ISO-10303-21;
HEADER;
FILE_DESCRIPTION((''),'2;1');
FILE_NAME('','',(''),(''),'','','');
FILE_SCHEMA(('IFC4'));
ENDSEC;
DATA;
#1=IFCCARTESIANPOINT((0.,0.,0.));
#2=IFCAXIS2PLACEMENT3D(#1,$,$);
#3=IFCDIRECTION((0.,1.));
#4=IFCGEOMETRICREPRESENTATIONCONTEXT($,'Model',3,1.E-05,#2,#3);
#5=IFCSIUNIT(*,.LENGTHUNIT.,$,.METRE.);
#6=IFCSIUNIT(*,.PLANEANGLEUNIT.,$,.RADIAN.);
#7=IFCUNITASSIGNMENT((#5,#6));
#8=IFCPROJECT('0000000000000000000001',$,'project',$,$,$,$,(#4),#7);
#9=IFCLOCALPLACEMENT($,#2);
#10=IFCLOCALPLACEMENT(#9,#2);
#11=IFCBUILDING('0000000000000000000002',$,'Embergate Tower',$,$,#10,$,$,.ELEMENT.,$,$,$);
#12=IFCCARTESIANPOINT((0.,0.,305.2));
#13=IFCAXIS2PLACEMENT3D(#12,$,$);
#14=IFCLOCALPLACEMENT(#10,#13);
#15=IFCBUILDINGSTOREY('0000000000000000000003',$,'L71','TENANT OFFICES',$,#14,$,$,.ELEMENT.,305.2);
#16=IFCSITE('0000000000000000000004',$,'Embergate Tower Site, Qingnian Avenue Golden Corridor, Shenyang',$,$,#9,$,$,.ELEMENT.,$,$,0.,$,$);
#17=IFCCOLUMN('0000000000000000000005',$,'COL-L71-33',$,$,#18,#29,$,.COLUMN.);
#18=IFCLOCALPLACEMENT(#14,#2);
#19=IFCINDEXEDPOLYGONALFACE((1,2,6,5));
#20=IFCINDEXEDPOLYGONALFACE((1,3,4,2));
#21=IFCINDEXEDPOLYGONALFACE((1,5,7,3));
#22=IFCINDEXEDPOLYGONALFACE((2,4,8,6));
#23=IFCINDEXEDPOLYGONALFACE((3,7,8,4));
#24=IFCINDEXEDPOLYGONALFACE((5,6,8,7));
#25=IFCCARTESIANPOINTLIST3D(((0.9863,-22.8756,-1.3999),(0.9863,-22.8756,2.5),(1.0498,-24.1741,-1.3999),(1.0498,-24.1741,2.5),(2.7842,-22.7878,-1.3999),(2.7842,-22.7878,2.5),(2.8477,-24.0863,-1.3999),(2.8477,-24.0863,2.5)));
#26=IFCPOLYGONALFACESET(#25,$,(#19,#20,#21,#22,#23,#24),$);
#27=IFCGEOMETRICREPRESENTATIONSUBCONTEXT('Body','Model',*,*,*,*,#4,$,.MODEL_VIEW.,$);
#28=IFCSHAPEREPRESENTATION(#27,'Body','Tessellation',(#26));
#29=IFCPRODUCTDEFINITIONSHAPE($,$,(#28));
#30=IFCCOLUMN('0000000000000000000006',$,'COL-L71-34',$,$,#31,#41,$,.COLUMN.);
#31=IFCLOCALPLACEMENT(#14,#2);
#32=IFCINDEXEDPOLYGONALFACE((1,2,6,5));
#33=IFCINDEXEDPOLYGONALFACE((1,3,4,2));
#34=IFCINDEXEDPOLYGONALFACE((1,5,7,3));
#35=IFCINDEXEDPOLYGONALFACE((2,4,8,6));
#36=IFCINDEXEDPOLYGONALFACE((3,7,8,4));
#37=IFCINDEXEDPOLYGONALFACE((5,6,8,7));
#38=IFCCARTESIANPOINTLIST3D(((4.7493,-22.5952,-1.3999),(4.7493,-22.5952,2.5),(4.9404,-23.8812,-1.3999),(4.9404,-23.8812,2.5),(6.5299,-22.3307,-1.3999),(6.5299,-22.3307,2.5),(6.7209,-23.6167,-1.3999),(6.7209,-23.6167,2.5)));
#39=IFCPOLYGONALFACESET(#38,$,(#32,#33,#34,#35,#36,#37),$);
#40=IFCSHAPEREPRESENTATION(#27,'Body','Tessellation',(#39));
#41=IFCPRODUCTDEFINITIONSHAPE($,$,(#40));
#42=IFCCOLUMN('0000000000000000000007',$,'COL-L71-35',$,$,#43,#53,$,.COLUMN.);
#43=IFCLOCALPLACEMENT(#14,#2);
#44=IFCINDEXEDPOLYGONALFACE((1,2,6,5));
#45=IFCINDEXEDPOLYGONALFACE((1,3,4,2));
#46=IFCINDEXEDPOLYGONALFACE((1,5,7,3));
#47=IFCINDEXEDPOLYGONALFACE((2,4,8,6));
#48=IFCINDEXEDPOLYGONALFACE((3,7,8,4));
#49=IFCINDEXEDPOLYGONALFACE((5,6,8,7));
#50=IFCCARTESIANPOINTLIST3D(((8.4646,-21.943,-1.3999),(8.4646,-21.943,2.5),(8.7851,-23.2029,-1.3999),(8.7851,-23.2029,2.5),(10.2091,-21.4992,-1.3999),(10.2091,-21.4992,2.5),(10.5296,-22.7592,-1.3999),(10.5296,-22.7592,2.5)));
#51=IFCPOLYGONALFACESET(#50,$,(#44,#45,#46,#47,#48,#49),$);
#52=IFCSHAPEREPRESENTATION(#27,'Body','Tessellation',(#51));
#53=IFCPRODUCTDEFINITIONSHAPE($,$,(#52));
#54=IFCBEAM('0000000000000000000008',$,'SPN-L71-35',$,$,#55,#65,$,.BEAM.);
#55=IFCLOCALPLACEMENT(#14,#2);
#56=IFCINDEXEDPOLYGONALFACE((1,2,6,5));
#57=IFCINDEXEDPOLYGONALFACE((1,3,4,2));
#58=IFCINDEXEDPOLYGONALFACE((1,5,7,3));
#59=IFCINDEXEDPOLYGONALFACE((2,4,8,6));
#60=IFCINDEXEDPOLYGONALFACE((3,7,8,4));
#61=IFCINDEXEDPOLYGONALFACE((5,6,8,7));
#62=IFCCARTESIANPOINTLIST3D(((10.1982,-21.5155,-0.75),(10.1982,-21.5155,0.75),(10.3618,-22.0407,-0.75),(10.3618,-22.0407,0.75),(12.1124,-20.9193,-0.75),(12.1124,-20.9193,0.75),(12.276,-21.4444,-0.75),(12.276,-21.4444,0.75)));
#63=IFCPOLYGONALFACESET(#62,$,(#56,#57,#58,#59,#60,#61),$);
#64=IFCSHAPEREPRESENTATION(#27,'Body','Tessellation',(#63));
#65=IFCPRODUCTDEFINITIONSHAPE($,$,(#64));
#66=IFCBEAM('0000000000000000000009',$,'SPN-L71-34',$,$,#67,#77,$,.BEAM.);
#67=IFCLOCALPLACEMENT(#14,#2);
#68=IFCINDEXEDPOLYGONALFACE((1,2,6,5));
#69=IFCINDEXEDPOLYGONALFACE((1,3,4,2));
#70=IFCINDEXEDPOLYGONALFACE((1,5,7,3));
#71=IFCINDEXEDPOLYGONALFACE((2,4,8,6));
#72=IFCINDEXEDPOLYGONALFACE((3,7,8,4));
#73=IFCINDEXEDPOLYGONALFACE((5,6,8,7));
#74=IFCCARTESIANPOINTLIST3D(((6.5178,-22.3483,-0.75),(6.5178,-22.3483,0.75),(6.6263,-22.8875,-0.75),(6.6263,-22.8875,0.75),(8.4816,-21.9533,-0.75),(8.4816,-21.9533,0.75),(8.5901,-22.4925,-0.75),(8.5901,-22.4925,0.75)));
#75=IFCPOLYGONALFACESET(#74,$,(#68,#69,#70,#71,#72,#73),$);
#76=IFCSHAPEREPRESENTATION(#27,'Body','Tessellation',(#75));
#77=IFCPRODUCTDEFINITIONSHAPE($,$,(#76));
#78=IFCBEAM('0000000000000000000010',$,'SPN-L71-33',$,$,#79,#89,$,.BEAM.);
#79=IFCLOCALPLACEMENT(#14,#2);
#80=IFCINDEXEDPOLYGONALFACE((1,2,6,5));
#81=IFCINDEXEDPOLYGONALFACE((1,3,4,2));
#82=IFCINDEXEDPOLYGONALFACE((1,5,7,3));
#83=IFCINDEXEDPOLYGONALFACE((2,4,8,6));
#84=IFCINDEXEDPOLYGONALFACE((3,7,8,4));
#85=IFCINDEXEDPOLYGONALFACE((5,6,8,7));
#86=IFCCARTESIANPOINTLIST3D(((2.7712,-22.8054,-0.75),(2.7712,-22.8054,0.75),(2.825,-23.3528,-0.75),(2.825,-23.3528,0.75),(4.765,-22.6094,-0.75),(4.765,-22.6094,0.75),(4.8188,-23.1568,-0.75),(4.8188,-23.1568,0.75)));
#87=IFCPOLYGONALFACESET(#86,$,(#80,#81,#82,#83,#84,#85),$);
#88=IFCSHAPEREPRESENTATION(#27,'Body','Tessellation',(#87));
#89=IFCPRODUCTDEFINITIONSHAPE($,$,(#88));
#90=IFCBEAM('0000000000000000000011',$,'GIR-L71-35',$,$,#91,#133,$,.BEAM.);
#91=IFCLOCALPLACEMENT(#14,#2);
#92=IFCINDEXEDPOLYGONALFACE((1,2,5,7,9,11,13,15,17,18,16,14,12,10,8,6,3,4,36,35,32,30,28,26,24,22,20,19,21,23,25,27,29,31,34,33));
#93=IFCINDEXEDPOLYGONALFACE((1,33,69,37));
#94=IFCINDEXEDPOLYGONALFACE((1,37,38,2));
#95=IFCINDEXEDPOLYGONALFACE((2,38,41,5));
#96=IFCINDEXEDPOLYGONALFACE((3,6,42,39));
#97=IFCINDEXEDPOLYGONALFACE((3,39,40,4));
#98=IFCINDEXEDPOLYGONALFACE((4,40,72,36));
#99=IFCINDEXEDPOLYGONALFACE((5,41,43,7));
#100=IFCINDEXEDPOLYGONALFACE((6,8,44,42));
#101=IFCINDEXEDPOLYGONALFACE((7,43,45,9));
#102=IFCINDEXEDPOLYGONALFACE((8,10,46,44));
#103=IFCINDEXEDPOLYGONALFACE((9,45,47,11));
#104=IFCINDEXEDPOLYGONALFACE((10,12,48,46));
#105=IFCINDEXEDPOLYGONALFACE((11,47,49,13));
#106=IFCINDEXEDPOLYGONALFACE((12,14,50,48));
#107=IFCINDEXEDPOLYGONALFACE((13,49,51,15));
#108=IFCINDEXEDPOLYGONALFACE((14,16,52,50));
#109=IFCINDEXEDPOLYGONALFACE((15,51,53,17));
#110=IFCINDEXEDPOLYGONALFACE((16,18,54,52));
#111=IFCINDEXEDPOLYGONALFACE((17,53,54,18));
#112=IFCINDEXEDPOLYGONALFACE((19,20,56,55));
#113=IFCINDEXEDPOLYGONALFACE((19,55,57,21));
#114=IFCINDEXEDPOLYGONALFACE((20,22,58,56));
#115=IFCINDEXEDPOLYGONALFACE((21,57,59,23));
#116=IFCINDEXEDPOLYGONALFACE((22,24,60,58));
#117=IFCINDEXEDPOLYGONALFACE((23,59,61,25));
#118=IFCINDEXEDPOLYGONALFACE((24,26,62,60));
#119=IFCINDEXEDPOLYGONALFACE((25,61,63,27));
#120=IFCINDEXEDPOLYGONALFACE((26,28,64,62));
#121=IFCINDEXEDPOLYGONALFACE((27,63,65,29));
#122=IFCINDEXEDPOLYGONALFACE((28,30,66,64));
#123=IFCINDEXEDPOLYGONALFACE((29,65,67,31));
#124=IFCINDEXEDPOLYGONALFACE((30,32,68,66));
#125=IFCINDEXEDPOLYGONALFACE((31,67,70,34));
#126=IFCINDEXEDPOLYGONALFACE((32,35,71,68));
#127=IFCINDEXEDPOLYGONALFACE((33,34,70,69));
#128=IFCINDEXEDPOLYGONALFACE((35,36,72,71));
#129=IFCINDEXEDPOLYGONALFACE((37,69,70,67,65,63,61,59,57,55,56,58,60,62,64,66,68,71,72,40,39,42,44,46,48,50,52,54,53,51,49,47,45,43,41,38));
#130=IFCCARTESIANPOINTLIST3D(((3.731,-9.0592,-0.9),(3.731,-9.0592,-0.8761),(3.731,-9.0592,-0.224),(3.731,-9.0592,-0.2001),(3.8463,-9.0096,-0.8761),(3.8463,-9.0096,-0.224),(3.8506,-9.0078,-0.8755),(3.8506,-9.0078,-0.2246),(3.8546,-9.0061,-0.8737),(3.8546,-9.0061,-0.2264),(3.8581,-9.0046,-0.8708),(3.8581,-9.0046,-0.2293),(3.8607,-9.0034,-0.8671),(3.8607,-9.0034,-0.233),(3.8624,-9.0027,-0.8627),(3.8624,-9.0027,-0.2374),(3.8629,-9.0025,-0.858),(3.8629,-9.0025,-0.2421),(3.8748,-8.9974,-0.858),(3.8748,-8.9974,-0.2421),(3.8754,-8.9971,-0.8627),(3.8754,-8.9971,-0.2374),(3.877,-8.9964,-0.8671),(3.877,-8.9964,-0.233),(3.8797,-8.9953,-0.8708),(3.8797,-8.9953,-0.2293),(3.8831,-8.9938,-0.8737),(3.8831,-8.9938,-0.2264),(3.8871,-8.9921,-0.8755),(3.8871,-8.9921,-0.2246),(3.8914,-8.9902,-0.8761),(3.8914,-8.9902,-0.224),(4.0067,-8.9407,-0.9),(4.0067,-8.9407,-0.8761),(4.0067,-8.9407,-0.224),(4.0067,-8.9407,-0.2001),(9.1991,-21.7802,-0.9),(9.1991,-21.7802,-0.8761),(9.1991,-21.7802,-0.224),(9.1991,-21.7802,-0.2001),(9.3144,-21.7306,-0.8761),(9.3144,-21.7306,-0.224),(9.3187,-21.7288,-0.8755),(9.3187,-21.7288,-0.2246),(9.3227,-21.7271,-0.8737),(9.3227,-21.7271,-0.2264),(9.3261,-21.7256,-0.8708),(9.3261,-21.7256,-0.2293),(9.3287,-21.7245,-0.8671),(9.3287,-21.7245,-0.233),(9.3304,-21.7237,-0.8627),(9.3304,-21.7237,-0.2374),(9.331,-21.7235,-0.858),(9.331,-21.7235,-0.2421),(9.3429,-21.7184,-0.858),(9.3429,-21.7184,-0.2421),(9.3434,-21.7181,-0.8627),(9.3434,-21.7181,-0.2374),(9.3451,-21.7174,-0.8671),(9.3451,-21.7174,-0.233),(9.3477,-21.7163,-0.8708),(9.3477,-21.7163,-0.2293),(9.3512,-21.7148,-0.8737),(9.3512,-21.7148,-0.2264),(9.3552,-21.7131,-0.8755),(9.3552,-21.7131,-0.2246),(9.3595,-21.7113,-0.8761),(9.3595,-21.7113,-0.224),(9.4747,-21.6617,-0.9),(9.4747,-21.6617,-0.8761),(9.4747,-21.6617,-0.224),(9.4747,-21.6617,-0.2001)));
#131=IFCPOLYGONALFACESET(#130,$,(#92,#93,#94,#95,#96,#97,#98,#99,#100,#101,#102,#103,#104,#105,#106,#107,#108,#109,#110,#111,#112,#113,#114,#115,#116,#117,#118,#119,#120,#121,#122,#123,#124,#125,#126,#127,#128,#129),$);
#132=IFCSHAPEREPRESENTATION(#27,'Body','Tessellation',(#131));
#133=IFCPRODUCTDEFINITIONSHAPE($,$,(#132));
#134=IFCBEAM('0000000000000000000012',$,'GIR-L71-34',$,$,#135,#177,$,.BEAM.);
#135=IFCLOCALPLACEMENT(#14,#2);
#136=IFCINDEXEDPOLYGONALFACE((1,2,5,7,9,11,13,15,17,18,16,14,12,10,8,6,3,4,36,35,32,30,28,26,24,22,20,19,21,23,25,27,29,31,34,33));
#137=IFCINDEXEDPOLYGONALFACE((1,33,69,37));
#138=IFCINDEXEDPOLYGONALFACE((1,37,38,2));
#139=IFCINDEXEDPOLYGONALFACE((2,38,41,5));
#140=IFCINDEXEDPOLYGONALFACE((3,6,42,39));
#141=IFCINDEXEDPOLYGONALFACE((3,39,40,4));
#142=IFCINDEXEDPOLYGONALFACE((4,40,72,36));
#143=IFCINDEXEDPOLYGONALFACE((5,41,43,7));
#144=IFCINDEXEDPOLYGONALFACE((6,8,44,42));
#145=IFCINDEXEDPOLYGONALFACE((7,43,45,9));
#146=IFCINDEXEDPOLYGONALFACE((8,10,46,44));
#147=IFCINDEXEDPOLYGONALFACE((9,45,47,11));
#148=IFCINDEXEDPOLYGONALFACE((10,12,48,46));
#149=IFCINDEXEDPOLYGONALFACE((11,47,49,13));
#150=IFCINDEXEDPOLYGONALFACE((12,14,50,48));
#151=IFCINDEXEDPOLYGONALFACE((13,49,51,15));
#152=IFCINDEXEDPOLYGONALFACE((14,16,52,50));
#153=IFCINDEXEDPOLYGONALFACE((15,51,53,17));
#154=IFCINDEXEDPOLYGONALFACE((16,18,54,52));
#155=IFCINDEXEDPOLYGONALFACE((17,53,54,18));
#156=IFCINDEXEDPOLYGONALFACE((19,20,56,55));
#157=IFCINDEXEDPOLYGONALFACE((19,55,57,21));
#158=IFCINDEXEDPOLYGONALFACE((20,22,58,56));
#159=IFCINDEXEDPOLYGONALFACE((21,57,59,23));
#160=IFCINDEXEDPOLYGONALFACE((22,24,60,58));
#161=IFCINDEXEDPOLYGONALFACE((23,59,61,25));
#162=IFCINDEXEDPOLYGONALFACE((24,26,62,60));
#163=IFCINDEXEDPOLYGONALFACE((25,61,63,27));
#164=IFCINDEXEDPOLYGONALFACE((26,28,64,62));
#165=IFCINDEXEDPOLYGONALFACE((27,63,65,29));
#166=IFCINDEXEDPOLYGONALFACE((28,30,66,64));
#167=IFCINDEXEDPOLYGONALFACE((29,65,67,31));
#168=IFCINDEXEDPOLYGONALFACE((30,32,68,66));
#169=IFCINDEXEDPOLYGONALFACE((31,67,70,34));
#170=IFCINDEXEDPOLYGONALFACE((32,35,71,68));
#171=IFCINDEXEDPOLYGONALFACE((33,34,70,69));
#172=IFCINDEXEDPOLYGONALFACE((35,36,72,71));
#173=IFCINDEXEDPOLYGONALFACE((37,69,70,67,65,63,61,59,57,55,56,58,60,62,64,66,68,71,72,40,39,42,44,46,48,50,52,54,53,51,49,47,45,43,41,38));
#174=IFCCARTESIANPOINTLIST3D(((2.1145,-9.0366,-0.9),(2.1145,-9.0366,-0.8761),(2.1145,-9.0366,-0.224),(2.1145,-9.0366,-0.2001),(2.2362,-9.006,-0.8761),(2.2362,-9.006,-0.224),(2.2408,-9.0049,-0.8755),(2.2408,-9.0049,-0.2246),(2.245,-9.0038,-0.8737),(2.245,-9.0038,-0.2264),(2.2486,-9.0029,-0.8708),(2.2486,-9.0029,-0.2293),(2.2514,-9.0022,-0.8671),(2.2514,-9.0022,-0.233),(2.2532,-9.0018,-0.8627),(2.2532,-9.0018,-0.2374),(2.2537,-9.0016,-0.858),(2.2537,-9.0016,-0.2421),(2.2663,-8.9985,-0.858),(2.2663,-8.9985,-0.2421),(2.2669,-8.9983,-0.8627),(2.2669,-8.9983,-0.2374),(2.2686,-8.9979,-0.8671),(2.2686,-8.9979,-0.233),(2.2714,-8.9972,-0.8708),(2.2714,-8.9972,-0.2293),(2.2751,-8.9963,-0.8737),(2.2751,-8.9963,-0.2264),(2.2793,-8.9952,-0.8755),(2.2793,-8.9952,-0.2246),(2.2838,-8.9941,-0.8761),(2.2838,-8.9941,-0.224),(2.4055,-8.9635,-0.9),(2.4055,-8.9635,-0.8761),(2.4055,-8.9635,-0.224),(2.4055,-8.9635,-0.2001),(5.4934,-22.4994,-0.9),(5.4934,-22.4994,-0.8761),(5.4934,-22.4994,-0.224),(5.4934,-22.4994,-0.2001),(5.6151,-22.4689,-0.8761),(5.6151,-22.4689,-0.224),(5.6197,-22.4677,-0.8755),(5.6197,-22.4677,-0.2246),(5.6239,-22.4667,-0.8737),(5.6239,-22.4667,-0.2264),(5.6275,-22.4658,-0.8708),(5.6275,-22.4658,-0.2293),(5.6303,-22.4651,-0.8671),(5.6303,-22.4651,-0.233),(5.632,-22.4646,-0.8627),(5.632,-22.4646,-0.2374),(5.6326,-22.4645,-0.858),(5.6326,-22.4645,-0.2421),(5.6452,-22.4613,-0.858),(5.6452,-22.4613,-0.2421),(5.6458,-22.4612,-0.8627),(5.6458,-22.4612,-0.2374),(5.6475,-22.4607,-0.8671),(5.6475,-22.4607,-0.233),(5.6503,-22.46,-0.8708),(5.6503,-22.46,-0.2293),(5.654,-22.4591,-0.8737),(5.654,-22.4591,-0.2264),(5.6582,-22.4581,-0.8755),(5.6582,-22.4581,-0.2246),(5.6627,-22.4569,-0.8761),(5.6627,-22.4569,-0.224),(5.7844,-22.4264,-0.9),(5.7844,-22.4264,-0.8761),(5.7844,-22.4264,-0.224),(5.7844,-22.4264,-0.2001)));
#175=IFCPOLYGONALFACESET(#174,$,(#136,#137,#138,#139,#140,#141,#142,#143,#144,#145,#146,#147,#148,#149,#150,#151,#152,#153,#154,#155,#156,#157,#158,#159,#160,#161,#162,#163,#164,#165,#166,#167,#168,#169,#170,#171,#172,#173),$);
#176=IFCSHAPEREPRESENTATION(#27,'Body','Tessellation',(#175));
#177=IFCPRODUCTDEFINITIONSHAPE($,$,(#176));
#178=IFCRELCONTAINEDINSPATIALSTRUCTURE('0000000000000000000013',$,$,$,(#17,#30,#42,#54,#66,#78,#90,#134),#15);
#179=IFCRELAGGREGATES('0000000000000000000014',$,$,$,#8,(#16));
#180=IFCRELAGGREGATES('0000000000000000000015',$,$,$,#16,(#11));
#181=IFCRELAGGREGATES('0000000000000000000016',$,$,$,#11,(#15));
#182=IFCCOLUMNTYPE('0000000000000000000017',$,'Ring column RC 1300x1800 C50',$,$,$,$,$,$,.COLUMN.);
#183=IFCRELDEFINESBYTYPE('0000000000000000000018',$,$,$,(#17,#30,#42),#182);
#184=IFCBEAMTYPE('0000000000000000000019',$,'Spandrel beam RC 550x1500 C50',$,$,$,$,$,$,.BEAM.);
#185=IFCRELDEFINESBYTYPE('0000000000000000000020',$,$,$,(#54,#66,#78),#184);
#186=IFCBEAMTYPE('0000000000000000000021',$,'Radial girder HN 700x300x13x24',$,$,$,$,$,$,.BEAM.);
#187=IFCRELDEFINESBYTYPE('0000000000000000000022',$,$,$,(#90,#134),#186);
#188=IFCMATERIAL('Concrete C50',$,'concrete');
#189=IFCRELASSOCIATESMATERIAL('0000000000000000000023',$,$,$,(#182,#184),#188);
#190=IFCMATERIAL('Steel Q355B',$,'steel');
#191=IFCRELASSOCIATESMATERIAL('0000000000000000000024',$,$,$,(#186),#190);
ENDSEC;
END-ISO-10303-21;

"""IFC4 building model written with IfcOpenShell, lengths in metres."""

from ifc_helpers import new_model, si_unit, direction, frame, origin, origin_2d, place, context, subcontext, project, spatial, rectangle, i_section, extrude, source, transform, mapped, material, material_profile, profile_set, type_object, element, save


model = new_model("IFC4")

# Units and contexts
model_context = context("Model", 3, precision=1e-05, world=origin(), true_north=direction((0.0, 1.0)))
body_context = subcontext(model_context, "Body", "Model", "MODEL_VIEW")
ifc_project = project(units=[si_unit("LENGTHUNIT", "METRE"), si_unit("PLANEANGLEUNIT", "RADIAN")], contexts=[model_context])

# Site, building, storey
site_placement = place(None, origin())
site = spatial("IfcSite", under=ifc_project, at=site_placement, Name="Embergate Tower Site, Qingnian Avenue Golden Corridor, Shenyang", CompositionType="ELEMENT", RefElevation=0.0)
building_placement = place(site_placement, origin())
building = spatial("IfcBuilding", under=site, at=building_placement, Name="Embergate Tower", CompositionType="ELEMENT")
storey_placement = place(building_placement, frame((0.0, 0.0, 305.2)))
storey = spatial("IfcBuildingStorey", under=building, at=storey_placement, Name="L71", Description="TENANT OFFICES", CompositionType="ELEMENT", Elevation=305.2)

# Columns
ifc_material_1 = material(Name="Concrete C50", Category="concrete")
ifc_material_profile_1 = material_profile(ifc_material_1, rectangle(XDim=1.3, YDim=1.8, at=origin_2d()), Name="RC 1300x1800")
ifc_profile_set_1 = profile_set([ifc_material_profile_1], Name="Concrete C50")
column_type = type_object("IfcColumnType", Name="Ring column RC 1300x1800 C50", PredefinedType="COLUMN", material=ifc_profile_set_1)
shared_shape_1 = source(origin(), body_context, "Body", "SweptSolid", [
    extrude(rectangle(XDim=1.3, YDim=1.8, at=origin_2d()), origin(), (0.0, 0.0, 1.0), 3.8999),
])
for number, where, z_axis, x_axis, name in (
    (1, (1.917, -23.481, -1.3999), (0.0, 0.0, 1.0), (0.048815, -0.998808, 0.0), "COL-L71-33"),
    (2, (5.7351, -23.106, -1.3999), (0.0, 0.0, 1.0), (0.146929, -0.989147, 0.0), "COL-L71-34"),
    (3, (9.4971, -22.3511, -1.3999), (0.0, 0.0, 1.0), (0.246509, -0.969141, 0.0), "COL-L71-35"),
):
    element("IfcColumn", number, at=place(storey_placement, frame(where, z_axis=z_axis, x_axis=x_axis)), inside=storey, type_object=column_type, Name=name, PredefinedType="COLUMN", context=body_context, shape_type="MappedRepresentation", body=[
        mapped(shared_shape_1, transform((0.0, 0.0, 0.0))),
    ])

# Beams
ifc_material_profile_2 = material_profile(ifc_material_1, rectangle(XDim=0.55, YDim=1.5, at=origin_2d()), Name="RC 550x1500")
ifc_profile_set_2 = profile_set([ifc_material_profile_2], Name="Concrete C50")
beam_type_1 = type_object("IfcBeamType", Name="Spandrel beam RC 550x1500 C50", PredefinedType="BEAM", material=ifc_profile_set_2)
shared_shape_2 = source(origin(), body_context, "Body", "SweptSolid", [
    extrude(rectangle(XDim=0.55, YDim=1.5, at=origin_2d()), origin(), (0.0, 0.0, 1.0), 2.0049),
])
beam_1_placement = place(storey_placement, frame((10.28, -21.7781, 0.0), z_axis=(0.954757, 0.297387, 0.0), x_axis=(-0.297387, 0.954757, 0.0)))
element("IfcBeam", 4, at=beam_1_placement, inside=storey, type_object=beam_type_1, Name="SPN-L71-35", PredefinedType="BEAM", context=body_context, shape_type="MappedRepresentation", body=[
    mapped(shared_shape_2, transform((0.0, 0.0, 0.0))),
])
shared_shape_3 = source(origin(), body_context, "Body", "SweptSolid", [
    extrude(rectangle(XDim=0.55, YDim=1.5, at=origin_2d()), origin(), (0.0, 0.0, 1.0), 2.0032),
])
beam_2_placement = place(storey_placement, frame((6.572, -22.6179, 0.0), z_axis=(0.980364, 0.197194, 0.0), x_axis=(-0.197194, 0.980364, 0.0)))
element("IfcBeam", 5, at=beam_2_placement, inside=storey, type_object=beam_type_1, Name="SPN-L71-34", PredefinedType="BEAM", context=body_context, shape_type="MappedRepresentation", body=[
    mapped(shared_shape_3, transform((0.0, 0.0, 0.0))),
])
shared_shape_4 = source(origin(), body_context, "Body", "SweptSolid", [
    extrude(rectangle(XDim=0.55, YDim=1.5, at=origin_2d()), origin(), (0.0, 0.0, 1.0), 2.0034),
])
beam_3_placement = place(storey_placement, frame((2.7981, -23.0791, 0.0), z_axis=(0.995201, 0.097851, 0.0), x_axis=(-0.097851, 0.995201, 0.0)))
element("IfcBeam", 6, at=beam_3_placement, inside=storey, type_object=beam_type_1, Name="SPN-L71-33", PredefinedType="BEAM", context=body_context, shape_type="MappedRepresentation", body=[
    mapped(shared_shape_4, transform((0.0, 0.0, 0.0))),
])
ifc_material_2 = material(Name="Steel Q355B", Category="steel")
ifc_material_profile_3 = material_profile(ifc_material_2, i_section(OverallWidth=0.3, OverallDepth=0.7, WebThickness=0.0129, FlangeThickness=0.0239, FilletRadius=0.0181, at=origin_2d()), Name="HN 700x300x13x24")
ifc_profile_set_3 = profile_set([ifc_material_profile_3], Name="Steel Q355 grade B")
beam_type_2 = type_object("IfcBeamType", Name="Radial girder HN 700x300x13x24", PredefinedType="BEAM", material=ifc_profile_set_3)
shared_shape_5 = source(origin(), body_context, "Body", "SweptSolid", [
    extrude(i_section(OverallWidth=0.3, OverallDepth=0.7, WebThickness=0.0129, FlangeThickness=0.0239, FilletRadius=0.0181, at=origin_2d()), origin(), (0.0, 0.0, 1.0), 13.8464),
])
beam_4_placement = place(storey_placement, frame((9.3369, -21.7209, -0.55), z_axis=(-0.394906, 0.918721, 0.0), x_axis=(-0.918721, -0.394906, 0.0)))
element("IfcBeam", 7, at=beam_4_placement, inside=storey, type_object=beam_type_2, Name="GIR-L71-35", PredefinedType="BEAM", context=body_context, shape_type="MappedRepresentation", body=[
    mapped(shared_shape_5, transform((0.0, 0.0, 0.0))),
])
shared_shape_6 = source(origin(), body_context, "Body", "SweptSolid", [
    extrude(i_section(OverallWidth=0.3, OverallDepth=0.7, WebThickness=0.0129, FlangeThickness=0.0239, FilletRadius=0.0181, at=origin_2d()), origin(), (0.0, 0.0, 1.0), 13.8804),
])
beam_5_placement = place(storey_placement, frame((5.6389, -22.4629, -0.55), z_axis=(-0.243429, 0.969919, 0.0), x_axis=(-0.969919, -0.243429, 0.0)))
element("IfcBeam", 8, at=beam_5_placement, inside=storey, type_object=beam_type_2, Name="GIR-L71-34", PredefinedType="BEAM", context=body_context, shape_type="MappedRepresentation", body=[
    mapped(shared_shape_6, transform((0.0, 0.0, 0.0))),
])

save(model, "model.ifc")
